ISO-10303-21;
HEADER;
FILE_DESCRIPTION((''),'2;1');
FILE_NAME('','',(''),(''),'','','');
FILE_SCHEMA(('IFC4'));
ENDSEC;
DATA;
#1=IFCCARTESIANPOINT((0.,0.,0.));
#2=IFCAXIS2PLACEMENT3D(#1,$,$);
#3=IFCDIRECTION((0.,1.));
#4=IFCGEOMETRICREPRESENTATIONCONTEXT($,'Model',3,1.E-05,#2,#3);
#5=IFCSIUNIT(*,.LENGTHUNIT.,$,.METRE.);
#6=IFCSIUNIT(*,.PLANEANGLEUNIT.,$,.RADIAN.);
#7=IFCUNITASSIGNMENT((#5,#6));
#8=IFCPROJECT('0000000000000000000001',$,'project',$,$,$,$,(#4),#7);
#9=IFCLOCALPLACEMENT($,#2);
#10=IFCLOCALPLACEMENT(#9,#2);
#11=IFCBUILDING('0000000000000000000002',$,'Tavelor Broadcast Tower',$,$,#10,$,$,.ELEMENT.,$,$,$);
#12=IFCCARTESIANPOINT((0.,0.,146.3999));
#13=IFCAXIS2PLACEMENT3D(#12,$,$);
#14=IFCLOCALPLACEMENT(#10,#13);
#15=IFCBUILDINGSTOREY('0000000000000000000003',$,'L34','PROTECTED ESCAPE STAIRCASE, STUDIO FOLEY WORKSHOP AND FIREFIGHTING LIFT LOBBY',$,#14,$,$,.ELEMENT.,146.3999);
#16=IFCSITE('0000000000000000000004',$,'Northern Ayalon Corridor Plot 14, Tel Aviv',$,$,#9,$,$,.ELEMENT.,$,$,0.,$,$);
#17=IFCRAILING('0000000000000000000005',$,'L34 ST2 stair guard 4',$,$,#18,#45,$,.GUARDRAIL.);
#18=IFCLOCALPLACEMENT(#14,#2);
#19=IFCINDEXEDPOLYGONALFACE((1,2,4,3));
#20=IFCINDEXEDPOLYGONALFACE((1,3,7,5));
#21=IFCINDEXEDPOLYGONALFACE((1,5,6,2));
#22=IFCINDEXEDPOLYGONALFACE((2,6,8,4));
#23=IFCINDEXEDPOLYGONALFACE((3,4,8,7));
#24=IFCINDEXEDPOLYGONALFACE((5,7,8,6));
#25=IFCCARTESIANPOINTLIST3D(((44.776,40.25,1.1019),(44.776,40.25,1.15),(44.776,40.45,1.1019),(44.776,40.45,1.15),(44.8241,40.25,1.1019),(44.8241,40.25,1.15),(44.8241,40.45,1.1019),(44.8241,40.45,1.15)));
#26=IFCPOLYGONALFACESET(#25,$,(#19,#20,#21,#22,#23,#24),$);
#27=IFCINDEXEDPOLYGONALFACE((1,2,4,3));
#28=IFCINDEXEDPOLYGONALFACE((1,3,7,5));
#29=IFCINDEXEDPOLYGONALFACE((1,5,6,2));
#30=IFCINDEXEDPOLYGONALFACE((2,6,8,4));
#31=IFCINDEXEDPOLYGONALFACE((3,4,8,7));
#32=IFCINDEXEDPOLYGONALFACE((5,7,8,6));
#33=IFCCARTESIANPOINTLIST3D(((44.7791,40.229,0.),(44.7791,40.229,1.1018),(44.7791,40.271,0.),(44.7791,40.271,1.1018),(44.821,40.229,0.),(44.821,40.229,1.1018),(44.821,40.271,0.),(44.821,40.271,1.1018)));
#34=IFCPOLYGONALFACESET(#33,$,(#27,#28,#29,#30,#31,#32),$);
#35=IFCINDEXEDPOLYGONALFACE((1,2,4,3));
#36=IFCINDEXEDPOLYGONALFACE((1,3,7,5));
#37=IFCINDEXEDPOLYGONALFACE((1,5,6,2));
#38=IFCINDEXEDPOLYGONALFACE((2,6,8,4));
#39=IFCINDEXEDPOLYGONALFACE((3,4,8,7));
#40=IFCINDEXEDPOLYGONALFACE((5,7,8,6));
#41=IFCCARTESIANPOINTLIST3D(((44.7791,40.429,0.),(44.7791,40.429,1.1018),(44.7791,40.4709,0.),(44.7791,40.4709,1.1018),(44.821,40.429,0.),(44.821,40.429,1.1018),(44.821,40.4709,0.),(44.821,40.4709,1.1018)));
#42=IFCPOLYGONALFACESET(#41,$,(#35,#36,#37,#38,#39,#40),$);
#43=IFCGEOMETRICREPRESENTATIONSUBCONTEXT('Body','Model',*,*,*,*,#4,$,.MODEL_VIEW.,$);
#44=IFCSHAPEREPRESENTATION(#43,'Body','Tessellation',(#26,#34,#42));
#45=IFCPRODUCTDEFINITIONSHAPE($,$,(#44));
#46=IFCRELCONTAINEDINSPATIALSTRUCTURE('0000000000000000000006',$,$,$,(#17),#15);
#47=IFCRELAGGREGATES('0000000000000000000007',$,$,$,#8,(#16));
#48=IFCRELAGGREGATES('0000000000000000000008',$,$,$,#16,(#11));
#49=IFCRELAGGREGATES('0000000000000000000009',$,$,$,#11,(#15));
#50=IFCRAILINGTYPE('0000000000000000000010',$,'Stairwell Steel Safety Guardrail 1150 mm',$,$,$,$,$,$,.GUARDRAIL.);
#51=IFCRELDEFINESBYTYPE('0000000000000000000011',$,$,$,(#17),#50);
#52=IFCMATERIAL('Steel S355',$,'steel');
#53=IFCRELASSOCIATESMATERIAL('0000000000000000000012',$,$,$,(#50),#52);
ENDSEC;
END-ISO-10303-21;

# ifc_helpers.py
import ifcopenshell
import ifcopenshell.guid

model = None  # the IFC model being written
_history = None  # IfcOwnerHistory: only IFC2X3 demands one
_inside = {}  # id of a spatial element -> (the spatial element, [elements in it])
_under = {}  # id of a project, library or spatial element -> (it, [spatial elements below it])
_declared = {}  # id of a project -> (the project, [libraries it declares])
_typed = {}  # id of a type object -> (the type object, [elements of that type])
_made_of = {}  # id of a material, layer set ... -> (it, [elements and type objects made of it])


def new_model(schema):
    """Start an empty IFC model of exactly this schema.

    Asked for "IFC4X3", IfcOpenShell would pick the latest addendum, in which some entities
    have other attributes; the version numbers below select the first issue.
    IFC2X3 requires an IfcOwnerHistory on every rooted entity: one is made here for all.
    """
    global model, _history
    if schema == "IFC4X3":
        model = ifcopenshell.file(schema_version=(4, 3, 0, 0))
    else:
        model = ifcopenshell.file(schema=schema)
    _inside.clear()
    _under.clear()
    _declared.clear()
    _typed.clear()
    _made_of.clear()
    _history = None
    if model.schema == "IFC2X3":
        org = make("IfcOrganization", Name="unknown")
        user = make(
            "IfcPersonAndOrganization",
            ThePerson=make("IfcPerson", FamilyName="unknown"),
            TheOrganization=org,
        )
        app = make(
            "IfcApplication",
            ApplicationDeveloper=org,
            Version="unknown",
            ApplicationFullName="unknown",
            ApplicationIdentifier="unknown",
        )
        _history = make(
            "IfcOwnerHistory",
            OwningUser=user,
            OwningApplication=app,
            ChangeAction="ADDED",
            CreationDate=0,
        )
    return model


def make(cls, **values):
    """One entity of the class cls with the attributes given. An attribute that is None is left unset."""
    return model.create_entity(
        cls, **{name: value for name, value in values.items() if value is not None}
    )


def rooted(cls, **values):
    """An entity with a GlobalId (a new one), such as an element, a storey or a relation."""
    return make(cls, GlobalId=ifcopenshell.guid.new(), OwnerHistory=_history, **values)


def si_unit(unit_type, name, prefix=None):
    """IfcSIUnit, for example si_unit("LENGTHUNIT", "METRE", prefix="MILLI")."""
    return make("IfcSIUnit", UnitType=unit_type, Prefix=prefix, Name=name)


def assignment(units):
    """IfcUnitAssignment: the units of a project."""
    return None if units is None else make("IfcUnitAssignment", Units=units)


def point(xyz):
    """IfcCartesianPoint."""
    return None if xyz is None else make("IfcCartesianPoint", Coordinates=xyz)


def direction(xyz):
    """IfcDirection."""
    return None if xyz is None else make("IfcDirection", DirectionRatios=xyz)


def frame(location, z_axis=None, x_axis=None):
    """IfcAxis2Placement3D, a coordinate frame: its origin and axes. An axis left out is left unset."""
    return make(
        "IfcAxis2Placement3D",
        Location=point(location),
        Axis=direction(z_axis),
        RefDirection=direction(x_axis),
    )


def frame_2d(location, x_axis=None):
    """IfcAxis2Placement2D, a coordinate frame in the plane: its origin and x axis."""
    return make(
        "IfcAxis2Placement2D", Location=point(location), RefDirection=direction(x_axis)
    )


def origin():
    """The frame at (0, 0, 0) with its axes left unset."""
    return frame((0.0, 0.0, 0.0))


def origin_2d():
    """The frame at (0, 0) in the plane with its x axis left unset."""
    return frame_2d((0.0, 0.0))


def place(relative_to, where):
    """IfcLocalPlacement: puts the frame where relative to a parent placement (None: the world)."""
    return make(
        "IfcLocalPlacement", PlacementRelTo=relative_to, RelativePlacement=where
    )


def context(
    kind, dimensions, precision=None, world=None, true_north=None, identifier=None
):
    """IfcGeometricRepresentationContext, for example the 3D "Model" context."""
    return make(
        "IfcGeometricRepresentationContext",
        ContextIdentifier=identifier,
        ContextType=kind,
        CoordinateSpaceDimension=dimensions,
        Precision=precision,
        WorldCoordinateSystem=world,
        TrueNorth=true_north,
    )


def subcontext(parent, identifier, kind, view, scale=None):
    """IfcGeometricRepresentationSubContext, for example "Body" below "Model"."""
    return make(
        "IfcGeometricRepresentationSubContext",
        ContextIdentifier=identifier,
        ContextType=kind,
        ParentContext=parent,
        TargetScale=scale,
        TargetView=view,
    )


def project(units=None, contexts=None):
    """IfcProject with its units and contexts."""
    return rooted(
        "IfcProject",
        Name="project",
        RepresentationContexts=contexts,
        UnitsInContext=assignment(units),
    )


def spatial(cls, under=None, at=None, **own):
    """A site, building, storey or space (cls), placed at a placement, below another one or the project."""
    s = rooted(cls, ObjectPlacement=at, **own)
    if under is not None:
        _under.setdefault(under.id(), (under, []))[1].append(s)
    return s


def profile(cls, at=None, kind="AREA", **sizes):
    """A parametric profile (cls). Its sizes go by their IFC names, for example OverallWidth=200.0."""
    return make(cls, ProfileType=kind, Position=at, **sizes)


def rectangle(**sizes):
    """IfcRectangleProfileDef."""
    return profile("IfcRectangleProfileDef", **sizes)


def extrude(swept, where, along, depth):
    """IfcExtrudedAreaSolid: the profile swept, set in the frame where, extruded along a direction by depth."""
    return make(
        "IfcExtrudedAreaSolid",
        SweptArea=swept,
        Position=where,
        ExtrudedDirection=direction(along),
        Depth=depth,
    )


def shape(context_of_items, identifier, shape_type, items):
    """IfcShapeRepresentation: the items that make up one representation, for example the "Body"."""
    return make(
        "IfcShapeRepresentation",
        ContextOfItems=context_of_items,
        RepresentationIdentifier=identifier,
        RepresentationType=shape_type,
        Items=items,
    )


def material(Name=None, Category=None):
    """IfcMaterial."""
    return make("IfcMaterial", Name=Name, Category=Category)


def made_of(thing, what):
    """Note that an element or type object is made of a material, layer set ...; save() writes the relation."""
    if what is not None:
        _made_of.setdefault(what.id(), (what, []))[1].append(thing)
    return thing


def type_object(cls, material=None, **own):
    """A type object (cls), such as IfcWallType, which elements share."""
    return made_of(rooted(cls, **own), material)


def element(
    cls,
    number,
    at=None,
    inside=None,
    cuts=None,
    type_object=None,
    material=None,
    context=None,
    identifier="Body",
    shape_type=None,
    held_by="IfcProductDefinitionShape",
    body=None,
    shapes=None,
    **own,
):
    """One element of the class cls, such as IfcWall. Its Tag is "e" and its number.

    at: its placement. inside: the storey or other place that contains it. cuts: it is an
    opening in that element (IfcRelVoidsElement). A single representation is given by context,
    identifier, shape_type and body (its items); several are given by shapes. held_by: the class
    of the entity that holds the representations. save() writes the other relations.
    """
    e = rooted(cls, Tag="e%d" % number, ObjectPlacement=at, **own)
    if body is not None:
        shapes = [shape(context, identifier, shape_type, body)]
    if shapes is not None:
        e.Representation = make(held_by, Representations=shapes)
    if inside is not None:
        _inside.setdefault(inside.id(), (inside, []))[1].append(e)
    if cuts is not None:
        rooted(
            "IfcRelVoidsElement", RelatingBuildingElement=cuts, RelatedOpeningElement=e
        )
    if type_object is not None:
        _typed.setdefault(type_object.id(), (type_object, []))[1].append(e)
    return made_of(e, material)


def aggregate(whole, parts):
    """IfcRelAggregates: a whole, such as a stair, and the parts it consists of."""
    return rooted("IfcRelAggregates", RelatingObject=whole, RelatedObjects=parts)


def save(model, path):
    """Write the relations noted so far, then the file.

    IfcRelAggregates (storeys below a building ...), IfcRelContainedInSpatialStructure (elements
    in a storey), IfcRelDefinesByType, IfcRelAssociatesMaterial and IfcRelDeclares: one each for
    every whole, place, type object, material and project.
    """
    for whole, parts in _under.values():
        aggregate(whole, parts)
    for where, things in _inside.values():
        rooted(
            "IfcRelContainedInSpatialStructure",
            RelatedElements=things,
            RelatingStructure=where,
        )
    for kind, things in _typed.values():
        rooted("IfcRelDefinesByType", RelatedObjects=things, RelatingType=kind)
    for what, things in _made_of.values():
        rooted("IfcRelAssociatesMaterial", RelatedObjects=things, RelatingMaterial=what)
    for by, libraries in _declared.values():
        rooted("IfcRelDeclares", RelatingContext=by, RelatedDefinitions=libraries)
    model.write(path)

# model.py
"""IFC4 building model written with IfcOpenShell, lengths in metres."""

from ifc_helpers import new_model, si_unit, direction, frame, origin, origin_2d, place, context, subcontext, project, spatial, rectangle, extrude, material, type_object, element, save


model = new_model("IFC4")

# Units and contexts
model_context = context("Model", 3, precision=1e-05, world=origin(), true_north=direction((0.0, 1.0)))
body_context = subcontext(model_context, "Body", "Model", "MODEL_VIEW")
ifc_project = project(units=[si_unit("LENGTHUNIT", "METRE"), si_unit("PLANEANGLEUNIT", "RADIAN")], contexts=[model_context])

# Site, building, storey
site_placement = place(None, origin())
site = spatial("IfcSite", under=ifc_project, at=site_placement, Name="Northern Ayalon Corridor Plot 14, Tel Aviv", CompositionType="ELEMENT", RefElevation=0.0)
building_placement = place(site_placement, origin())
building = spatial("IfcBuilding", under=site, at=building_placement, Name="Tavelor Broadcast Tower", CompositionType="ELEMENT")
storey_placement = place(building_placement, frame((0.0, 0.0, 146.3999)))
storey = spatial("IfcBuildingStorey", under=building, at=storey_placement, Name="L34", Description="PROTECTED ESCAPE STAIRCASE, STUDIO FOLEY WORKSHOP AND FIREFIGHTING LIFT LOBBY", CompositionType="ELEMENT", Elevation=146.3999)

# Shared definitions
ifc_material_1 = material(Name="Steel S355", Category="steel")

# Railing
railing_type_1 = type_object("IfcRailingType", Name="Stairwell Steel Safety Guardrail 1150 mm", PredefinedType="GUARDRAIL", material=ifc_material_1)
railing_1_placement = place(storey_placement, frame((44.8, 40.25, 0.0)))
element("IfcRailing", 1, at=railing_1_placement, inside=storey, type_object=railing_type_1, Name="L34 ST2 stair guard 4", PredefinedType="GUARDRAIL", context=body_context, shape_type="SweptSolid", body=[
    extrude(rectangle(XDim=0.0481, YDim=0.0481, at=origin_2d()), frame((0.0, 0.0, 1.126), z_axis=(0.0, 1.0, 0.0), x_axis=(-1.0, 0.0, 0.0)), (0.0, 0.0, 1.0), 0.2),
    extrude(rectangle(XDim=0.042, YDim=0.042, at=origin_2d()), origin(), (0.0, 0.0, 1.0), 1.1018),
    extrude(rectangle(XDim=0.042, YDim=0.042, at=origin_2d()), frame((0.0, 0.2, 0.0)), (0.0, 0.0, 1.0), 1.1018),
])

save(model, "model.ifc")
